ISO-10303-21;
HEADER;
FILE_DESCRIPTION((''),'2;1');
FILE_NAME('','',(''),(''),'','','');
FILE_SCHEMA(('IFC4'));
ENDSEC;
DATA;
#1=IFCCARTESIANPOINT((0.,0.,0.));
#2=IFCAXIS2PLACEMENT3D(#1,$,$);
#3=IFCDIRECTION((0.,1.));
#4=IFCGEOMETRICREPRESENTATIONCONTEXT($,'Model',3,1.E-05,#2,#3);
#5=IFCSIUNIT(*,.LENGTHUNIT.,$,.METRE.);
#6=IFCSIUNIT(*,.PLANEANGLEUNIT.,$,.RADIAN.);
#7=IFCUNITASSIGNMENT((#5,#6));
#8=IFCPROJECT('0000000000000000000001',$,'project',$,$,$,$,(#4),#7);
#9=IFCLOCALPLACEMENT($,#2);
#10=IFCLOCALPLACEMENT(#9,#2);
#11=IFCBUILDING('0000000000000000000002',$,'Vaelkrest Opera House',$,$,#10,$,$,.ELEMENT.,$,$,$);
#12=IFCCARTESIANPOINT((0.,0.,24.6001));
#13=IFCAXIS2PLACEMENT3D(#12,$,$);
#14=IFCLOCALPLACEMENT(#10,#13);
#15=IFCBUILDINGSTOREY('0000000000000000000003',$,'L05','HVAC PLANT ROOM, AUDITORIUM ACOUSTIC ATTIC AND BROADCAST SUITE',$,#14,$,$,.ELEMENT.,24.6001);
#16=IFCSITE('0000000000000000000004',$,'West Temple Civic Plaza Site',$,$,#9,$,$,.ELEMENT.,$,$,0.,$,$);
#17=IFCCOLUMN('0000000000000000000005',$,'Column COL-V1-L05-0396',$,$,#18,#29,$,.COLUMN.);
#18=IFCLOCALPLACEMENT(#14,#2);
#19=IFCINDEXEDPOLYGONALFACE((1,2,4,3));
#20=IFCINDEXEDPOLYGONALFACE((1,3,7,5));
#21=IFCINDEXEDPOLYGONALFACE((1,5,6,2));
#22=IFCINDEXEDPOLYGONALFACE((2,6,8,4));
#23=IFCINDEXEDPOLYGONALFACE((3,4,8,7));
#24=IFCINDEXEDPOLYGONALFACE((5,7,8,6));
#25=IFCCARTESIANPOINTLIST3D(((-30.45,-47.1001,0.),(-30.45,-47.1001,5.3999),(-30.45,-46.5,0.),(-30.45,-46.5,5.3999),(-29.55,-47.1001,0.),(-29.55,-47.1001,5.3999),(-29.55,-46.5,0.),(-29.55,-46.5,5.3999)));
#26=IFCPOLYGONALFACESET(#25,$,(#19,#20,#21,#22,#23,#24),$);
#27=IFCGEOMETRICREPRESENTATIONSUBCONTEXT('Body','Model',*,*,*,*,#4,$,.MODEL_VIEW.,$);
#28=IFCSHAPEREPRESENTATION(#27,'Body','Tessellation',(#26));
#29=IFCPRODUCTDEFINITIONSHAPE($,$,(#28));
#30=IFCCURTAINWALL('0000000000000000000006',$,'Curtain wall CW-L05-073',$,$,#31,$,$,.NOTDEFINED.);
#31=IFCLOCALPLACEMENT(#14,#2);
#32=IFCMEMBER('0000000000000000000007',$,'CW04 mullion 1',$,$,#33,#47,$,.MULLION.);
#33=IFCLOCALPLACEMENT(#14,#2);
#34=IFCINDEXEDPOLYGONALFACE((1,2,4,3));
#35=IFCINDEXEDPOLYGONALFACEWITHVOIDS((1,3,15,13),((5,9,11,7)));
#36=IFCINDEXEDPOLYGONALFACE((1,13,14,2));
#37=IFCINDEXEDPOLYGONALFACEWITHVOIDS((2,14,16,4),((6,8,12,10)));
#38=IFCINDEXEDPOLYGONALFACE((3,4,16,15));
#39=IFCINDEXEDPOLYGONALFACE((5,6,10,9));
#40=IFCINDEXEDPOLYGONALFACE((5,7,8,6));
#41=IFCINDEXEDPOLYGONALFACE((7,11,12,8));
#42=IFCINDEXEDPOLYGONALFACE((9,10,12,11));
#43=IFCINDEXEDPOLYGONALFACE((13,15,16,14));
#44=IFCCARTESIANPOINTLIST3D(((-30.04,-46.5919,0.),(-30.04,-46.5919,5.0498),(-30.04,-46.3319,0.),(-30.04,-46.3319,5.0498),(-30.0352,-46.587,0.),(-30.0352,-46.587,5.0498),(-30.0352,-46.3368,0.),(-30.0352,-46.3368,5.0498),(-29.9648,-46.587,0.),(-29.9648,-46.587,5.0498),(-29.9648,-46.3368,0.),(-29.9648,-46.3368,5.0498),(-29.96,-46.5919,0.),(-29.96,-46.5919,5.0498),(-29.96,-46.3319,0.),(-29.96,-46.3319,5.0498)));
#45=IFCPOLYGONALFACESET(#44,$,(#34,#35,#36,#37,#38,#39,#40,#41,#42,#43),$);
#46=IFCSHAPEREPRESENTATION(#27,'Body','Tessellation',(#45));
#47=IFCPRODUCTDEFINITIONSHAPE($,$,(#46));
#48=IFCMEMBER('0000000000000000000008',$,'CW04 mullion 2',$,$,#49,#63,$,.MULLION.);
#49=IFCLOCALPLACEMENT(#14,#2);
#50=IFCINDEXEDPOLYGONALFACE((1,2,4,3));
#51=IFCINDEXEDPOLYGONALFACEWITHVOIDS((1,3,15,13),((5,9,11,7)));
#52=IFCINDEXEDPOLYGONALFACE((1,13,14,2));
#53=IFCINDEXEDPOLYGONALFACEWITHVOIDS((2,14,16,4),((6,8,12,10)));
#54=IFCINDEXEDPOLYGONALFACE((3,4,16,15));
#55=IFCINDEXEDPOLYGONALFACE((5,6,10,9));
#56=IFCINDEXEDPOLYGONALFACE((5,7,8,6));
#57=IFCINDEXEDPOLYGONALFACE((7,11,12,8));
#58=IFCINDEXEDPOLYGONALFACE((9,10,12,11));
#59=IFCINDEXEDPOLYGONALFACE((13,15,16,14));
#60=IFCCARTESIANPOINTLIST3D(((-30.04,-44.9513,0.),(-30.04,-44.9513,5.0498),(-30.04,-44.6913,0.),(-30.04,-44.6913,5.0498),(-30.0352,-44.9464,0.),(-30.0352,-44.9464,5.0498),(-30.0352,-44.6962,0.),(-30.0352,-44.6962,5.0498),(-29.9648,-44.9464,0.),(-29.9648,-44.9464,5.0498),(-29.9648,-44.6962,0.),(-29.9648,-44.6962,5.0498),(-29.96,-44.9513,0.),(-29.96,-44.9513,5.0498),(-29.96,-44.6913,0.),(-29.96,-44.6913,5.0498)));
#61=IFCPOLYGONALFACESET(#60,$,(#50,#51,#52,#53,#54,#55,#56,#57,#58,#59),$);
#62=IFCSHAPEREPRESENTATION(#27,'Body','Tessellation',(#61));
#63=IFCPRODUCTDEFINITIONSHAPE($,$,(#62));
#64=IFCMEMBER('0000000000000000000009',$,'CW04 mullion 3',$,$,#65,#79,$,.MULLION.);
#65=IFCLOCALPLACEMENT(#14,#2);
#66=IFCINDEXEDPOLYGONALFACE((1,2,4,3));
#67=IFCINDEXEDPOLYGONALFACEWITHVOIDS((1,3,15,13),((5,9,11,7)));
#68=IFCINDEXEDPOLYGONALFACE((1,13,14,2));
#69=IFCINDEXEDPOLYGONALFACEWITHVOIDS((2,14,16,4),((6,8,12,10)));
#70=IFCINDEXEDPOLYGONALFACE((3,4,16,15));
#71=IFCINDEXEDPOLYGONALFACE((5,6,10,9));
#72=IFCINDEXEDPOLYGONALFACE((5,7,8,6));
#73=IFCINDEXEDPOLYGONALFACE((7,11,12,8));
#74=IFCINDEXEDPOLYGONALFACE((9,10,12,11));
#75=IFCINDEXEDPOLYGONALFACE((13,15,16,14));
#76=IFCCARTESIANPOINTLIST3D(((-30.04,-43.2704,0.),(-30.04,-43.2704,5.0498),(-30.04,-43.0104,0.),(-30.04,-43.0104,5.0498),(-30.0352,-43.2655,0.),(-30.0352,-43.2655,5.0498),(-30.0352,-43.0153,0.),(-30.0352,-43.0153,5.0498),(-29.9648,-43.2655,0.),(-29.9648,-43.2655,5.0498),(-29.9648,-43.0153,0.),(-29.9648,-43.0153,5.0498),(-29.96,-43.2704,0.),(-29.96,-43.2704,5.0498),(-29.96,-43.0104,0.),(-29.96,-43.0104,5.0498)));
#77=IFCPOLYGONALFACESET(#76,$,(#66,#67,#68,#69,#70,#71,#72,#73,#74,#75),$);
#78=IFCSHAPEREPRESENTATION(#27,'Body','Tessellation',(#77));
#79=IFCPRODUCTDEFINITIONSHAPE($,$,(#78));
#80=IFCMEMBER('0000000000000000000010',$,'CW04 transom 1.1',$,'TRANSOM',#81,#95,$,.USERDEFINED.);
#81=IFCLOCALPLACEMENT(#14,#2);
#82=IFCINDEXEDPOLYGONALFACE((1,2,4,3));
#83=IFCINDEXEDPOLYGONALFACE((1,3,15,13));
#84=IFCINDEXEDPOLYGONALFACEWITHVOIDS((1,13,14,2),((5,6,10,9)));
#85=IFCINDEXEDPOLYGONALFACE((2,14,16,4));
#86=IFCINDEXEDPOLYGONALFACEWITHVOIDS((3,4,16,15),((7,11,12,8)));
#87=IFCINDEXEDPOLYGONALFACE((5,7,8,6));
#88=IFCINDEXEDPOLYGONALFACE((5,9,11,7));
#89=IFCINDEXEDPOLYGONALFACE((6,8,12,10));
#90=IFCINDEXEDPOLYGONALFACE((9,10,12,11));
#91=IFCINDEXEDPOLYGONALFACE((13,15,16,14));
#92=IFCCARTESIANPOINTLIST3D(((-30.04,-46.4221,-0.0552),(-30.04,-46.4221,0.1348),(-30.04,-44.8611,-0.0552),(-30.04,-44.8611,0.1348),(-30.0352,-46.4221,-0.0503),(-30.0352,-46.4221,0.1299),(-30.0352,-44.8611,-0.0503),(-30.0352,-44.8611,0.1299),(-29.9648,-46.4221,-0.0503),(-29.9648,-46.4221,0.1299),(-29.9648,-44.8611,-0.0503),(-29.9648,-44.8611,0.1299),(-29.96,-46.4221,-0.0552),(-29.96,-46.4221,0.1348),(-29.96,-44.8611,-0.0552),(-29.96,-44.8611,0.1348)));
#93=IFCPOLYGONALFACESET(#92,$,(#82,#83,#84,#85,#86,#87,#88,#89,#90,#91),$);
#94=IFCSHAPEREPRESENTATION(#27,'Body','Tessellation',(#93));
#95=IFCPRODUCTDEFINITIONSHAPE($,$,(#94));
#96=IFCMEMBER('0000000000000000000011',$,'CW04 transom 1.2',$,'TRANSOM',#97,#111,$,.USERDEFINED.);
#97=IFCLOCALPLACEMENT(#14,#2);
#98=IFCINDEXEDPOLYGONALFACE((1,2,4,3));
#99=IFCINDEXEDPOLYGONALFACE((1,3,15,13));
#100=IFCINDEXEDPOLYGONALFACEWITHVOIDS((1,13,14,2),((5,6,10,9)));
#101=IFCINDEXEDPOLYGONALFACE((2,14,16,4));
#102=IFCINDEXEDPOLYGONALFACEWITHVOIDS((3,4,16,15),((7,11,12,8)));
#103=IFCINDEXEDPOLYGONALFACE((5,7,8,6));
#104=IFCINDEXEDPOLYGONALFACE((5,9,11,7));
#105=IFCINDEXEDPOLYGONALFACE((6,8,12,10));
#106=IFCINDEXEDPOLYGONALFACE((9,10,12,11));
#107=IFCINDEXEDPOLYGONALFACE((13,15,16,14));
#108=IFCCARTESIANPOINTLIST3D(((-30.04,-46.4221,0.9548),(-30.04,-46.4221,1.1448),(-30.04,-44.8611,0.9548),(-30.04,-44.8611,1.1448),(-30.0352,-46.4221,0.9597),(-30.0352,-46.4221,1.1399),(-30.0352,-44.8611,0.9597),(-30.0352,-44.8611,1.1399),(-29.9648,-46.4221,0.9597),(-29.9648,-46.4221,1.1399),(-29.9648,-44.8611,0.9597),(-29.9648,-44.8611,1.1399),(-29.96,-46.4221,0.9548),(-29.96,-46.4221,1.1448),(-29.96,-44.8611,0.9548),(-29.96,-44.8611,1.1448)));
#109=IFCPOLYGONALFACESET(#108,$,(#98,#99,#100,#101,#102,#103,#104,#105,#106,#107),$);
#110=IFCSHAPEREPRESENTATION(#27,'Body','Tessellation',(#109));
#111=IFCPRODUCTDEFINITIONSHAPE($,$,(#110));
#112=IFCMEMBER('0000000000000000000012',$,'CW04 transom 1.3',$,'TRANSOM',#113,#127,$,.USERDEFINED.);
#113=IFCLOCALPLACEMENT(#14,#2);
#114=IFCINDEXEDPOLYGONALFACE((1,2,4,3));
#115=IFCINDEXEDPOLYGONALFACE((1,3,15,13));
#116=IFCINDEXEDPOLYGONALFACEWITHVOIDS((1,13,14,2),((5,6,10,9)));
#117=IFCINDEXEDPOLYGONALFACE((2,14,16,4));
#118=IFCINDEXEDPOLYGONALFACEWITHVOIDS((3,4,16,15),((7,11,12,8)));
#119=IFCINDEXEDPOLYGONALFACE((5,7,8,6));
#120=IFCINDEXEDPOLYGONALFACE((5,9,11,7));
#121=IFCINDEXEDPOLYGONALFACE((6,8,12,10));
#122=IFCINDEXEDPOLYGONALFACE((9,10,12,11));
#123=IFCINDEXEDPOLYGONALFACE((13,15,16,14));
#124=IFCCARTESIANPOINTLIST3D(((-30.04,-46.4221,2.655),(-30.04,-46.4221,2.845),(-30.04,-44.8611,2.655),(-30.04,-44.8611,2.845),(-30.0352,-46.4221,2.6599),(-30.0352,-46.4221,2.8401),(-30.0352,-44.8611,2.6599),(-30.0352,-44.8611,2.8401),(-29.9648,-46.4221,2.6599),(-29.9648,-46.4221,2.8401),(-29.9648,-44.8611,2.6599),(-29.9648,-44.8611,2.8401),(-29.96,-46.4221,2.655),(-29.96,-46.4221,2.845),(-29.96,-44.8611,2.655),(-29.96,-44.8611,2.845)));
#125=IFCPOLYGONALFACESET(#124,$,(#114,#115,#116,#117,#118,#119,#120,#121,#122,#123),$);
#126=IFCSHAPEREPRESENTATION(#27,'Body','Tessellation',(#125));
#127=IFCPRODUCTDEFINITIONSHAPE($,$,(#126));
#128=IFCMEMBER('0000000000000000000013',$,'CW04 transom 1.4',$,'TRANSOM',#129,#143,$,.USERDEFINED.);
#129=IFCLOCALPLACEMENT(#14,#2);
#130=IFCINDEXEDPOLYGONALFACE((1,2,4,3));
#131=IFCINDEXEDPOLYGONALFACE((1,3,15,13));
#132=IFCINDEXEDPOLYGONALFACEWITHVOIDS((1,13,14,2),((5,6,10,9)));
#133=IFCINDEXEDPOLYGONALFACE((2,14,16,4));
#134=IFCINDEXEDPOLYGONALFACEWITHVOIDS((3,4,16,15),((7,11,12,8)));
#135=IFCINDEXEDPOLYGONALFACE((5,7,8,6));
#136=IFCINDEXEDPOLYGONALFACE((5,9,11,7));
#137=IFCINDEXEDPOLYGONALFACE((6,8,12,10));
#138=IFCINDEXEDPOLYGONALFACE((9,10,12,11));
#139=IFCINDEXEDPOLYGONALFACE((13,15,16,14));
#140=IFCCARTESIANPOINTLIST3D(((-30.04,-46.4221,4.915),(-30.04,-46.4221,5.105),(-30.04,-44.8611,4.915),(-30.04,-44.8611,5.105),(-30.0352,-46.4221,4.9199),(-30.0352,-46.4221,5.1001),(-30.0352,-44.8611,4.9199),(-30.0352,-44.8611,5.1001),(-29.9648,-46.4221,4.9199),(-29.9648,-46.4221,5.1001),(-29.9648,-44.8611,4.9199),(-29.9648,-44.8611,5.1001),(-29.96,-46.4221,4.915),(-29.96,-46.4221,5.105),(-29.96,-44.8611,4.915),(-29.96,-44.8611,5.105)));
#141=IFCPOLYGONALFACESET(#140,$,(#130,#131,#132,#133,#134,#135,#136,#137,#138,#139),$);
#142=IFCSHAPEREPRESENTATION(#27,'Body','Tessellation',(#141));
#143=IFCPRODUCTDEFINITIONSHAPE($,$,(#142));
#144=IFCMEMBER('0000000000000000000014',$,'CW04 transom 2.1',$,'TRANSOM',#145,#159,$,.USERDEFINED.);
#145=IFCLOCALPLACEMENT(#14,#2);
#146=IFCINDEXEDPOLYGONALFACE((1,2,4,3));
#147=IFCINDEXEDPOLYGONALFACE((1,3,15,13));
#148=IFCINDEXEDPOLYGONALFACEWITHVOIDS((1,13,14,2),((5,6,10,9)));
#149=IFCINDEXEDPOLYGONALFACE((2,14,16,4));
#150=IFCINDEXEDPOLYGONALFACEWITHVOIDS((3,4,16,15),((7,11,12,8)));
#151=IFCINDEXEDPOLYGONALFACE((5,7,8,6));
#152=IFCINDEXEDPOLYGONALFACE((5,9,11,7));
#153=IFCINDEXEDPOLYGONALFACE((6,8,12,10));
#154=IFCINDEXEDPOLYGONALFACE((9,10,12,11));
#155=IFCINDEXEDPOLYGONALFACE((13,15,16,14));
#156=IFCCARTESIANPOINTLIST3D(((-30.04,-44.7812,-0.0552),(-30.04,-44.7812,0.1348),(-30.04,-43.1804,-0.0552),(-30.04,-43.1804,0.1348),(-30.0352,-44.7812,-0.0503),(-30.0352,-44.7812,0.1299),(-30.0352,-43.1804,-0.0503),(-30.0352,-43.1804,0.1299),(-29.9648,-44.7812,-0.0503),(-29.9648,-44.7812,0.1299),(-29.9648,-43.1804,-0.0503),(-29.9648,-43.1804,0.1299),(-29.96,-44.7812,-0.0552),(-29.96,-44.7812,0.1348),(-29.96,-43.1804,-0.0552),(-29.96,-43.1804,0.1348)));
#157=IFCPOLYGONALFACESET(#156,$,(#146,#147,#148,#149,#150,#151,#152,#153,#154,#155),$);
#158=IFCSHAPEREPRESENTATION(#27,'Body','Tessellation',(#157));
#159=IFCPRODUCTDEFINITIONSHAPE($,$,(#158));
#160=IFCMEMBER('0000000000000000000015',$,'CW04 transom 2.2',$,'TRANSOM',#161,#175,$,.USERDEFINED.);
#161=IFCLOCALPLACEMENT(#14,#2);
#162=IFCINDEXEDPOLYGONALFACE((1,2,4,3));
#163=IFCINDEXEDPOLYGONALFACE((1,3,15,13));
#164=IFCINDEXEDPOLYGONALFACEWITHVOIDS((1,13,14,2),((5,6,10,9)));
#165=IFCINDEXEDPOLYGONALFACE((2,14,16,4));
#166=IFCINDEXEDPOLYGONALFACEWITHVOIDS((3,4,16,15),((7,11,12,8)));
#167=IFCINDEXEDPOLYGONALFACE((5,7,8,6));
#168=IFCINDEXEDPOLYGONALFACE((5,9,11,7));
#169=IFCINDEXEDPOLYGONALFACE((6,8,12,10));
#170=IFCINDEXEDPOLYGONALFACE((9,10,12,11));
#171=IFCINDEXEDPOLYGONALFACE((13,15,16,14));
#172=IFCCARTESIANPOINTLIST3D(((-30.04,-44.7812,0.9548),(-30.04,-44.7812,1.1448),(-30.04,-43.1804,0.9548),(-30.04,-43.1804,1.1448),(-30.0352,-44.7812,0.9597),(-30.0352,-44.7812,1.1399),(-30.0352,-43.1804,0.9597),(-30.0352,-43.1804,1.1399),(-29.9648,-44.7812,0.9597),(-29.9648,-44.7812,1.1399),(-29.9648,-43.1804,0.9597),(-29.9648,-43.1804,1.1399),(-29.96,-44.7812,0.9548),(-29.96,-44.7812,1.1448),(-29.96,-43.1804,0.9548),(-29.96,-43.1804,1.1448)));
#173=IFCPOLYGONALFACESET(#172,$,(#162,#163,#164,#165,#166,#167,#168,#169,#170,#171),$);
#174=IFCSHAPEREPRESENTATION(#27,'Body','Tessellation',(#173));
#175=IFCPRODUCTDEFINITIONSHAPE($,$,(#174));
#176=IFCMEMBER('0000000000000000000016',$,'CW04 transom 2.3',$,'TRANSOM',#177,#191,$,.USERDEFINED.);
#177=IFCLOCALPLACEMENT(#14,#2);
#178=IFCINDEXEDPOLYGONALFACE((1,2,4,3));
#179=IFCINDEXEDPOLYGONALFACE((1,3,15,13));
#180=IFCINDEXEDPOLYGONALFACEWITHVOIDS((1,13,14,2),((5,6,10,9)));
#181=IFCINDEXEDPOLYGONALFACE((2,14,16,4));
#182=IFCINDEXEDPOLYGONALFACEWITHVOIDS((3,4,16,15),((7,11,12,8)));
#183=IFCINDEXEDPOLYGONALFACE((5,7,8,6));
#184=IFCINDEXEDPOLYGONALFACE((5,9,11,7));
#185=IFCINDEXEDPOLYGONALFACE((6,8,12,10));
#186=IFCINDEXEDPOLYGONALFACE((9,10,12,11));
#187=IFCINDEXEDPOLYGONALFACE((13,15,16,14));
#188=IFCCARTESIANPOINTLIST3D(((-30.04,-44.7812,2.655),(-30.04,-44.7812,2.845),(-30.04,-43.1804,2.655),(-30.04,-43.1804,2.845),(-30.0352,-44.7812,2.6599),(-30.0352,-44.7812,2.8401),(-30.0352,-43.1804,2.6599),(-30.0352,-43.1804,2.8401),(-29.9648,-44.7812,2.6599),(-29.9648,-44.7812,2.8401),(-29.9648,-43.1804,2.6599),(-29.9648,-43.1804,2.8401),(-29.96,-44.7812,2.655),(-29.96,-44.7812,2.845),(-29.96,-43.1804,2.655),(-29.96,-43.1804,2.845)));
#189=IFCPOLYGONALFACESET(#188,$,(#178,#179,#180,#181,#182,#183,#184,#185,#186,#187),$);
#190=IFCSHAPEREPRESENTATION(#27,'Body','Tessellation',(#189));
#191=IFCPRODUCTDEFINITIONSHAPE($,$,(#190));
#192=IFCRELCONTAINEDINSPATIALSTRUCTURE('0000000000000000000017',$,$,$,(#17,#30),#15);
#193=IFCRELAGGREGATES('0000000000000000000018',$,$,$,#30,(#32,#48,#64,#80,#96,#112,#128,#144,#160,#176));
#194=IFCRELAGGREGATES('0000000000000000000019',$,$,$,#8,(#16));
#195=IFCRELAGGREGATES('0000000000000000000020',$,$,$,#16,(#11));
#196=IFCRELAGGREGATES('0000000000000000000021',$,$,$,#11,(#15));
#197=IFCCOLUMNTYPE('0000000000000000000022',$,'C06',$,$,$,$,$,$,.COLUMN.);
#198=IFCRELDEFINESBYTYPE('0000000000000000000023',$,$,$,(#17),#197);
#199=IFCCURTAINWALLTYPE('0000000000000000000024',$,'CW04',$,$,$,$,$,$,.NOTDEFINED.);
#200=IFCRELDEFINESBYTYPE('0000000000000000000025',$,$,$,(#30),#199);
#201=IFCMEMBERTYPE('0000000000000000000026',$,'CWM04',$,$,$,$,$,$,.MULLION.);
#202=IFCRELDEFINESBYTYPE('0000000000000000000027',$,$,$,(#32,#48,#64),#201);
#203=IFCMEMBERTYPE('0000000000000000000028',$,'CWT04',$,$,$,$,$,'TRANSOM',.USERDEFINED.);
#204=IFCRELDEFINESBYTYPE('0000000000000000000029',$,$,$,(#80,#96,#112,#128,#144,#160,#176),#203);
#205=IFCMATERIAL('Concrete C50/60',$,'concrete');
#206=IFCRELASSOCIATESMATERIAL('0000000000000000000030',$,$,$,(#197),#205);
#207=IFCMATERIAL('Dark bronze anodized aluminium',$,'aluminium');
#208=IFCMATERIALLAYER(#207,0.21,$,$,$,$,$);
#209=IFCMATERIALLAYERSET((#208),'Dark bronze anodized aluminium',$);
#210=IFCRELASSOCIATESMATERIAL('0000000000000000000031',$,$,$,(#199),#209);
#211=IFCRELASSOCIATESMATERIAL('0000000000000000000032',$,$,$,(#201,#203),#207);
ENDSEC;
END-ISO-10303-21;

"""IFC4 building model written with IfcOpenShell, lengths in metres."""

from ifc_helpers import new_model, si_unit, direction, frame, origin, origin_2d, place, context, subcontext, project, spatial, rectangle, hollow_rectangle, extrude, material, layer, layer_set, material_profile, profile_set, type_object, element, aggregate, save


model = new_model("IFC4")

# Units and contexts
model_context = context("Model", 3, precision=1e-05, world=origin(), true_north=direction((0.0, 1.0)))
body_context = subcontext(model_context, "Body", "Model", "MODEL_VIEW")
ifc_project = project(units=[si_unit("LENGTHUNIT", "METRE"), si_unit("PLANEANGLEUNIT", "RADIAN")], contexts=[model_context])

# Site, building, storey
site_placement = place(None, origin())
site = spatial("IfcSite", under=ifc_project, at=site_placement, Name="West Temple Civic Plaza Site", CompositionType="ELEMENT", RefElevation=0.0)
building_placement = place(site_placement, origin())
building = spatial("IfcBuilding", under=site, at=building_placement, Name="Vaelkrest Opera House", CompositionType="ELEMENT")
storey_placement = place(building_placement, frame((0.0, 0.0, 24.6001)))
storey = spatial("IfcBuildingStorey", under=building, at=storey_placement, Name="L05", Description="HVAC PLANT ROOM, AUDITORIUM ACOUSTIC ATTIC AND BROADCAST SUITE", CompositionType="ELEMENT", Elevation=24.6001)

# Column
ifc_material_1 = material(Name="Concrete C50/60", Category="concrete")
ifc_material_profile_1 = material_profile(ifc_material_1, rectangle(XDim=0.6001, YDim=0.8999, at=origin_2d()), Name="RC600X900")
ifc_profile_set_1 = profile_set([ifc_material_profile_1], Name="Concrete C50/60")
column_type = type_object("IfcColumnType", Name="C06", PredefinedType="COLUMN", material=ifc_profile_set_1)
column_placement = place(storey_placement, frame((-30.0, -46.8, 0.0), z_axis=(0.0, 0.0, 1.0), x_axis=(0.0, 1.0, 0.0)))
element("IfcColumn", 1, at=column_placement, inside=storey, type_object=column_type, Name="Column COL-V1-L05-0396", PredefinedType="COLUMN", context=body_context, shape_type="SweptSolid", body=[
    extrude(rectangle(XDim=0.6001, YDim=0.8999, at=origin_2d()), origin(), (0.0, 0.0, 1.0), 5.3999),
])

# Curtain wall, members
ifc_material_2 = material(Name="Dark bronze anodized aluminium", Category="aluminium")
ifc_layer_1 = layer(ifc_material_2, 0.21)
ifc_layer_set_1 = layer_set([ifc_layer_1], Name="Dark bronze anodized aluminium")
curtain_wall_type = type_object("IfcCurtainWallType", Name="CW04", PredefinedType="NOTDEFINED", material=ifc_layer_set_1)
curtain_wall_placement = place(storey_placement, origin())
curtain_wall = element("IfcCurtainWall", 2, at=curtain_wall_placement, inside=storey, type_object=curtain_wall_type, Name="Curtain wall CW-L05-073", PredefinedType="NOTDEFINED")
ifc_material_profile_2 = material_profile(ifc_material_2, hollow_rectangle(XDim=0.0801, YDim=0.26, WallThickness=0.0049, at=origin_2d()), Name="CWM80X260")
ifc_profile_set_2 = profile_set([ifc_material_profile_2], Name="Dark bronze anodized aluminium")
member_type_1 = type_object("IfcMemberType", Name="CWM04", PredefinedType="MULLION", material=ifc_profile_set_2)
member_1_placement = place(storey_placement, frame((-30.0, -46.4619, 0.0), z_axis=(0.0, 0.0, 1.0), x_axis=(-1.0, 0.0, 0.0)))
member_1 = element("IfcMember", 3, at=member_1_placement, type_object=member_type_1, Name="CW04 mullion 1", PredefinedType="MULLION", context=body_context, shape_type="SweptSolid", body=[
    extrude(hollow_rectangle(XDim=0.0801, YDim=0.26, WallThickness=0.0049, at=origin_2d()), origin(), (0.0, 0.0, 1.0), 5.0498),
])
member_2_placement = place(storey_placement, frame((-30.0, -44.8213, 0.0), z_axis=(0.0, 0.0, 1.0), x_axis=(-1.0, 0.0, 0.0)))
member_2 = element("IfcMember", 4, at=member_2_placement, type_object=member_type_1, Name="CW04 mullion 2", PredefinedType="MULLION", context=body_context, shape_type="SweptSolid", body=[
    extrude(hollow_rectangle(XDim=0.0801, YDim=0.26, WallThickness=0.0049, at=origin_2d()), origin(), (0.0, 0.0, 1.0), 5.0498),
])
member_3_placement = place(storey_placement, frame((-30.0, -43.1404, 0.0), z_axis=(0.0, 0.0, 1.0), x_axis=(-1.0, 0.0, 0.0)))
member_3 = element("IfcMember", 5, at=member_3_placement, type_object=member_type_1, Name="CW04 mullion 3", PredefinedType="MULLION", context=body_context, shape_type="SweptSolid", body=[
    extrude(hollow_rectangle(XDim=0.0801, YDim=0.26, WallThickness=0.0049, at=origin_2d()), origin(), (0.0, 0.0, 1.0), 5.0498),
])
ifc_material_profile_3 = material_profile(ifc_material_2, hollow_rectangle(XDim=0.0801, YDim=0.1899, WallThickness=0.0049, at=origin_2d()), Name="CWT80X190")
ifc_profile_set_3 = profile_set([ifc_material_profile_3], Name="Dark bronze anodized aluminium")
member_type_2 = type_object("IfcMemberType", Name="CWT04", ElementType="TRANSOM", PredefinedType="USERDEFINED", material=ifc_profile_set_3)
member_4_placement = place(storey_placement, frame((-30.0, -46.4221, 0.0398), z_axis=(0.0, 1.0, 0.0), x_axis=(-1.0, 0.0, 0.0)))
member_4 = element("IfcMember", 6, at=member_4_placement, type_object=member_type_2, Name="CW04 transom 1.1", ObjectType="TRANSOM", PredefinedType="USERDEFINED", context=body_context, shape_type="SweptSolid", body=[
    extrude(hollow_rectangle(XDim=0.0801, YDim=0.1899, WallThickness=0.0049, at=origin_2d()), origin(), (0.0, 0.0, 1.0), 1.561),
])
member_5_placement = place(storey_placement, frame((-30.0, -46.4221, 1.0498), z_axis=(0.0, 1.0, 0.0), x_axis=(-1.0, 0.0, 0.0)))
member_5 = element("IfcMember", 7, at=member_5_placement, type_object=member_type_2, Name="CW04 transom 1.2", ObjectType="TRANSOM", PredefinedType="USERDEFINED", context=body_context, shape_type="SweptSolid", body=[
    extrude(hollow_rectangle(XDim=0.0801, YDim=0.1899, WallThickness=0.0049, at=origin_2d()), origin(), (0.0, 0.0, 1.0), 1.561),
])
member_6_placement = place(storey_placement, frame((-30.0, -46.4221, 2.75), z_axis=(0.0, 1.0, 0.0), x_axis=(-1.0, 0.0, 0.0)))
member_6 = element("IfcMember", 8, at=member_6_placement, type_object=member_type_2, Name="CW04 transom 1.3", ObjectType="TRANSOM", PredefinedType="USERDEFINED", context=body_context, shape_type="SweptSolid", body=[
    extrude(hollow_rectangle(XDim=0.0801, YDim=0.1899, WallThickness=0.0049, at=origin_2d()), origin(), (0.0, 0.0, 1.0), 1.561),
])
member_7_placement = place(storey_placement, frame((-30.0, -46.4221, 5.01), z_axis=(0.0, 1.0, 0.0), x_axis=(-1.0, 0.0, 0.0)))
member_7 = element("IfcMember", 9, at=member_7_placement, type_object=member_type_2, Name="CW04 transom 1.4", ObjectType="TRANSOM", PredefinedType="USERDEFINED", context=body_context, shape_type="SweptSolid", body=[
    extrude(hollow_rectangle(XDim=0.0801, YDim=0.1899, WallThickness=0.0049, at=origin_2d()), origin(), (0.0, 0.0, 1.0), 1.561),
])
member_8_placement = place(storey_placement, frame((-30.0, -44.7812, 0.0398), z_axis=(0.0, 1.0, 0.0), x_axis=(-1.0, 0.0, 0.0)))
member_8 = element("IfcMember", 10, at=member_8_placement, type_object=member_type_2, Name="CW04 transom 2.1", ObjectType="TRANSOM", PredefinedType="USERDEFINED", context=body_context, shape_type="SweptSolid", body=[
    extrude(hollow_rectangle(XDim=0.0801, YDim=0.1899, WallThickness=0.0049, at=origin_2d()), origin(), (0.0, 0.0, 1.0), 1.6008),
])
member_9_placement = place(storey_placement, frame((-30.0, -44.7812, 1.0498), z_axis=(0.0, 1.0, 0.0), x_axis=(-1.0, 0.0, 0.0)))
member_9 = element("IfcMember", 11, at=member_9_placement, type_object=member_type_2, Name="CW04 transom 2.2", ObjectType="TRANSOM", PredefinedType="USERDEFINED", context=body_context, shape_type="SweptSolid", body=[
    extrude(hollow_rectangle(XDim=0.0801, YDim=0.1899, WallThickness=0.0049, at=origin_2d()), origin(), (0.0, 0.0, 1.0), 1.6008),
])
member_10_placement = place(storey_placement, frame((-30.0, -44.7812, 2.75), z_axis=(0.0, 1.0, 0.0), x_axis=(-1.0, 0.0, 0.0)))
member_10 = element("IfcMember", 12, at=member_10_placement, type_object=member_type_2, Name="CW04 transom 2.3", ObjectType="TRANSOM", PredefinedType="USERDEFINED", context=body_context, shape_type="SweptSolid", body=[
    extrude(hollow_rectangle(XDim=0.0801, YDim=0.1899, WallThickness=0.0049, at=origin_2d()), origin(), (0.0, 0.0, 1.0), 1.6008),
])
aggregate(curtain_wall, [member_1, member_2, member_3, member_4, member_5, member_6, member_7, member_8, member_9, member_10])

save(model, "model.ifc")
